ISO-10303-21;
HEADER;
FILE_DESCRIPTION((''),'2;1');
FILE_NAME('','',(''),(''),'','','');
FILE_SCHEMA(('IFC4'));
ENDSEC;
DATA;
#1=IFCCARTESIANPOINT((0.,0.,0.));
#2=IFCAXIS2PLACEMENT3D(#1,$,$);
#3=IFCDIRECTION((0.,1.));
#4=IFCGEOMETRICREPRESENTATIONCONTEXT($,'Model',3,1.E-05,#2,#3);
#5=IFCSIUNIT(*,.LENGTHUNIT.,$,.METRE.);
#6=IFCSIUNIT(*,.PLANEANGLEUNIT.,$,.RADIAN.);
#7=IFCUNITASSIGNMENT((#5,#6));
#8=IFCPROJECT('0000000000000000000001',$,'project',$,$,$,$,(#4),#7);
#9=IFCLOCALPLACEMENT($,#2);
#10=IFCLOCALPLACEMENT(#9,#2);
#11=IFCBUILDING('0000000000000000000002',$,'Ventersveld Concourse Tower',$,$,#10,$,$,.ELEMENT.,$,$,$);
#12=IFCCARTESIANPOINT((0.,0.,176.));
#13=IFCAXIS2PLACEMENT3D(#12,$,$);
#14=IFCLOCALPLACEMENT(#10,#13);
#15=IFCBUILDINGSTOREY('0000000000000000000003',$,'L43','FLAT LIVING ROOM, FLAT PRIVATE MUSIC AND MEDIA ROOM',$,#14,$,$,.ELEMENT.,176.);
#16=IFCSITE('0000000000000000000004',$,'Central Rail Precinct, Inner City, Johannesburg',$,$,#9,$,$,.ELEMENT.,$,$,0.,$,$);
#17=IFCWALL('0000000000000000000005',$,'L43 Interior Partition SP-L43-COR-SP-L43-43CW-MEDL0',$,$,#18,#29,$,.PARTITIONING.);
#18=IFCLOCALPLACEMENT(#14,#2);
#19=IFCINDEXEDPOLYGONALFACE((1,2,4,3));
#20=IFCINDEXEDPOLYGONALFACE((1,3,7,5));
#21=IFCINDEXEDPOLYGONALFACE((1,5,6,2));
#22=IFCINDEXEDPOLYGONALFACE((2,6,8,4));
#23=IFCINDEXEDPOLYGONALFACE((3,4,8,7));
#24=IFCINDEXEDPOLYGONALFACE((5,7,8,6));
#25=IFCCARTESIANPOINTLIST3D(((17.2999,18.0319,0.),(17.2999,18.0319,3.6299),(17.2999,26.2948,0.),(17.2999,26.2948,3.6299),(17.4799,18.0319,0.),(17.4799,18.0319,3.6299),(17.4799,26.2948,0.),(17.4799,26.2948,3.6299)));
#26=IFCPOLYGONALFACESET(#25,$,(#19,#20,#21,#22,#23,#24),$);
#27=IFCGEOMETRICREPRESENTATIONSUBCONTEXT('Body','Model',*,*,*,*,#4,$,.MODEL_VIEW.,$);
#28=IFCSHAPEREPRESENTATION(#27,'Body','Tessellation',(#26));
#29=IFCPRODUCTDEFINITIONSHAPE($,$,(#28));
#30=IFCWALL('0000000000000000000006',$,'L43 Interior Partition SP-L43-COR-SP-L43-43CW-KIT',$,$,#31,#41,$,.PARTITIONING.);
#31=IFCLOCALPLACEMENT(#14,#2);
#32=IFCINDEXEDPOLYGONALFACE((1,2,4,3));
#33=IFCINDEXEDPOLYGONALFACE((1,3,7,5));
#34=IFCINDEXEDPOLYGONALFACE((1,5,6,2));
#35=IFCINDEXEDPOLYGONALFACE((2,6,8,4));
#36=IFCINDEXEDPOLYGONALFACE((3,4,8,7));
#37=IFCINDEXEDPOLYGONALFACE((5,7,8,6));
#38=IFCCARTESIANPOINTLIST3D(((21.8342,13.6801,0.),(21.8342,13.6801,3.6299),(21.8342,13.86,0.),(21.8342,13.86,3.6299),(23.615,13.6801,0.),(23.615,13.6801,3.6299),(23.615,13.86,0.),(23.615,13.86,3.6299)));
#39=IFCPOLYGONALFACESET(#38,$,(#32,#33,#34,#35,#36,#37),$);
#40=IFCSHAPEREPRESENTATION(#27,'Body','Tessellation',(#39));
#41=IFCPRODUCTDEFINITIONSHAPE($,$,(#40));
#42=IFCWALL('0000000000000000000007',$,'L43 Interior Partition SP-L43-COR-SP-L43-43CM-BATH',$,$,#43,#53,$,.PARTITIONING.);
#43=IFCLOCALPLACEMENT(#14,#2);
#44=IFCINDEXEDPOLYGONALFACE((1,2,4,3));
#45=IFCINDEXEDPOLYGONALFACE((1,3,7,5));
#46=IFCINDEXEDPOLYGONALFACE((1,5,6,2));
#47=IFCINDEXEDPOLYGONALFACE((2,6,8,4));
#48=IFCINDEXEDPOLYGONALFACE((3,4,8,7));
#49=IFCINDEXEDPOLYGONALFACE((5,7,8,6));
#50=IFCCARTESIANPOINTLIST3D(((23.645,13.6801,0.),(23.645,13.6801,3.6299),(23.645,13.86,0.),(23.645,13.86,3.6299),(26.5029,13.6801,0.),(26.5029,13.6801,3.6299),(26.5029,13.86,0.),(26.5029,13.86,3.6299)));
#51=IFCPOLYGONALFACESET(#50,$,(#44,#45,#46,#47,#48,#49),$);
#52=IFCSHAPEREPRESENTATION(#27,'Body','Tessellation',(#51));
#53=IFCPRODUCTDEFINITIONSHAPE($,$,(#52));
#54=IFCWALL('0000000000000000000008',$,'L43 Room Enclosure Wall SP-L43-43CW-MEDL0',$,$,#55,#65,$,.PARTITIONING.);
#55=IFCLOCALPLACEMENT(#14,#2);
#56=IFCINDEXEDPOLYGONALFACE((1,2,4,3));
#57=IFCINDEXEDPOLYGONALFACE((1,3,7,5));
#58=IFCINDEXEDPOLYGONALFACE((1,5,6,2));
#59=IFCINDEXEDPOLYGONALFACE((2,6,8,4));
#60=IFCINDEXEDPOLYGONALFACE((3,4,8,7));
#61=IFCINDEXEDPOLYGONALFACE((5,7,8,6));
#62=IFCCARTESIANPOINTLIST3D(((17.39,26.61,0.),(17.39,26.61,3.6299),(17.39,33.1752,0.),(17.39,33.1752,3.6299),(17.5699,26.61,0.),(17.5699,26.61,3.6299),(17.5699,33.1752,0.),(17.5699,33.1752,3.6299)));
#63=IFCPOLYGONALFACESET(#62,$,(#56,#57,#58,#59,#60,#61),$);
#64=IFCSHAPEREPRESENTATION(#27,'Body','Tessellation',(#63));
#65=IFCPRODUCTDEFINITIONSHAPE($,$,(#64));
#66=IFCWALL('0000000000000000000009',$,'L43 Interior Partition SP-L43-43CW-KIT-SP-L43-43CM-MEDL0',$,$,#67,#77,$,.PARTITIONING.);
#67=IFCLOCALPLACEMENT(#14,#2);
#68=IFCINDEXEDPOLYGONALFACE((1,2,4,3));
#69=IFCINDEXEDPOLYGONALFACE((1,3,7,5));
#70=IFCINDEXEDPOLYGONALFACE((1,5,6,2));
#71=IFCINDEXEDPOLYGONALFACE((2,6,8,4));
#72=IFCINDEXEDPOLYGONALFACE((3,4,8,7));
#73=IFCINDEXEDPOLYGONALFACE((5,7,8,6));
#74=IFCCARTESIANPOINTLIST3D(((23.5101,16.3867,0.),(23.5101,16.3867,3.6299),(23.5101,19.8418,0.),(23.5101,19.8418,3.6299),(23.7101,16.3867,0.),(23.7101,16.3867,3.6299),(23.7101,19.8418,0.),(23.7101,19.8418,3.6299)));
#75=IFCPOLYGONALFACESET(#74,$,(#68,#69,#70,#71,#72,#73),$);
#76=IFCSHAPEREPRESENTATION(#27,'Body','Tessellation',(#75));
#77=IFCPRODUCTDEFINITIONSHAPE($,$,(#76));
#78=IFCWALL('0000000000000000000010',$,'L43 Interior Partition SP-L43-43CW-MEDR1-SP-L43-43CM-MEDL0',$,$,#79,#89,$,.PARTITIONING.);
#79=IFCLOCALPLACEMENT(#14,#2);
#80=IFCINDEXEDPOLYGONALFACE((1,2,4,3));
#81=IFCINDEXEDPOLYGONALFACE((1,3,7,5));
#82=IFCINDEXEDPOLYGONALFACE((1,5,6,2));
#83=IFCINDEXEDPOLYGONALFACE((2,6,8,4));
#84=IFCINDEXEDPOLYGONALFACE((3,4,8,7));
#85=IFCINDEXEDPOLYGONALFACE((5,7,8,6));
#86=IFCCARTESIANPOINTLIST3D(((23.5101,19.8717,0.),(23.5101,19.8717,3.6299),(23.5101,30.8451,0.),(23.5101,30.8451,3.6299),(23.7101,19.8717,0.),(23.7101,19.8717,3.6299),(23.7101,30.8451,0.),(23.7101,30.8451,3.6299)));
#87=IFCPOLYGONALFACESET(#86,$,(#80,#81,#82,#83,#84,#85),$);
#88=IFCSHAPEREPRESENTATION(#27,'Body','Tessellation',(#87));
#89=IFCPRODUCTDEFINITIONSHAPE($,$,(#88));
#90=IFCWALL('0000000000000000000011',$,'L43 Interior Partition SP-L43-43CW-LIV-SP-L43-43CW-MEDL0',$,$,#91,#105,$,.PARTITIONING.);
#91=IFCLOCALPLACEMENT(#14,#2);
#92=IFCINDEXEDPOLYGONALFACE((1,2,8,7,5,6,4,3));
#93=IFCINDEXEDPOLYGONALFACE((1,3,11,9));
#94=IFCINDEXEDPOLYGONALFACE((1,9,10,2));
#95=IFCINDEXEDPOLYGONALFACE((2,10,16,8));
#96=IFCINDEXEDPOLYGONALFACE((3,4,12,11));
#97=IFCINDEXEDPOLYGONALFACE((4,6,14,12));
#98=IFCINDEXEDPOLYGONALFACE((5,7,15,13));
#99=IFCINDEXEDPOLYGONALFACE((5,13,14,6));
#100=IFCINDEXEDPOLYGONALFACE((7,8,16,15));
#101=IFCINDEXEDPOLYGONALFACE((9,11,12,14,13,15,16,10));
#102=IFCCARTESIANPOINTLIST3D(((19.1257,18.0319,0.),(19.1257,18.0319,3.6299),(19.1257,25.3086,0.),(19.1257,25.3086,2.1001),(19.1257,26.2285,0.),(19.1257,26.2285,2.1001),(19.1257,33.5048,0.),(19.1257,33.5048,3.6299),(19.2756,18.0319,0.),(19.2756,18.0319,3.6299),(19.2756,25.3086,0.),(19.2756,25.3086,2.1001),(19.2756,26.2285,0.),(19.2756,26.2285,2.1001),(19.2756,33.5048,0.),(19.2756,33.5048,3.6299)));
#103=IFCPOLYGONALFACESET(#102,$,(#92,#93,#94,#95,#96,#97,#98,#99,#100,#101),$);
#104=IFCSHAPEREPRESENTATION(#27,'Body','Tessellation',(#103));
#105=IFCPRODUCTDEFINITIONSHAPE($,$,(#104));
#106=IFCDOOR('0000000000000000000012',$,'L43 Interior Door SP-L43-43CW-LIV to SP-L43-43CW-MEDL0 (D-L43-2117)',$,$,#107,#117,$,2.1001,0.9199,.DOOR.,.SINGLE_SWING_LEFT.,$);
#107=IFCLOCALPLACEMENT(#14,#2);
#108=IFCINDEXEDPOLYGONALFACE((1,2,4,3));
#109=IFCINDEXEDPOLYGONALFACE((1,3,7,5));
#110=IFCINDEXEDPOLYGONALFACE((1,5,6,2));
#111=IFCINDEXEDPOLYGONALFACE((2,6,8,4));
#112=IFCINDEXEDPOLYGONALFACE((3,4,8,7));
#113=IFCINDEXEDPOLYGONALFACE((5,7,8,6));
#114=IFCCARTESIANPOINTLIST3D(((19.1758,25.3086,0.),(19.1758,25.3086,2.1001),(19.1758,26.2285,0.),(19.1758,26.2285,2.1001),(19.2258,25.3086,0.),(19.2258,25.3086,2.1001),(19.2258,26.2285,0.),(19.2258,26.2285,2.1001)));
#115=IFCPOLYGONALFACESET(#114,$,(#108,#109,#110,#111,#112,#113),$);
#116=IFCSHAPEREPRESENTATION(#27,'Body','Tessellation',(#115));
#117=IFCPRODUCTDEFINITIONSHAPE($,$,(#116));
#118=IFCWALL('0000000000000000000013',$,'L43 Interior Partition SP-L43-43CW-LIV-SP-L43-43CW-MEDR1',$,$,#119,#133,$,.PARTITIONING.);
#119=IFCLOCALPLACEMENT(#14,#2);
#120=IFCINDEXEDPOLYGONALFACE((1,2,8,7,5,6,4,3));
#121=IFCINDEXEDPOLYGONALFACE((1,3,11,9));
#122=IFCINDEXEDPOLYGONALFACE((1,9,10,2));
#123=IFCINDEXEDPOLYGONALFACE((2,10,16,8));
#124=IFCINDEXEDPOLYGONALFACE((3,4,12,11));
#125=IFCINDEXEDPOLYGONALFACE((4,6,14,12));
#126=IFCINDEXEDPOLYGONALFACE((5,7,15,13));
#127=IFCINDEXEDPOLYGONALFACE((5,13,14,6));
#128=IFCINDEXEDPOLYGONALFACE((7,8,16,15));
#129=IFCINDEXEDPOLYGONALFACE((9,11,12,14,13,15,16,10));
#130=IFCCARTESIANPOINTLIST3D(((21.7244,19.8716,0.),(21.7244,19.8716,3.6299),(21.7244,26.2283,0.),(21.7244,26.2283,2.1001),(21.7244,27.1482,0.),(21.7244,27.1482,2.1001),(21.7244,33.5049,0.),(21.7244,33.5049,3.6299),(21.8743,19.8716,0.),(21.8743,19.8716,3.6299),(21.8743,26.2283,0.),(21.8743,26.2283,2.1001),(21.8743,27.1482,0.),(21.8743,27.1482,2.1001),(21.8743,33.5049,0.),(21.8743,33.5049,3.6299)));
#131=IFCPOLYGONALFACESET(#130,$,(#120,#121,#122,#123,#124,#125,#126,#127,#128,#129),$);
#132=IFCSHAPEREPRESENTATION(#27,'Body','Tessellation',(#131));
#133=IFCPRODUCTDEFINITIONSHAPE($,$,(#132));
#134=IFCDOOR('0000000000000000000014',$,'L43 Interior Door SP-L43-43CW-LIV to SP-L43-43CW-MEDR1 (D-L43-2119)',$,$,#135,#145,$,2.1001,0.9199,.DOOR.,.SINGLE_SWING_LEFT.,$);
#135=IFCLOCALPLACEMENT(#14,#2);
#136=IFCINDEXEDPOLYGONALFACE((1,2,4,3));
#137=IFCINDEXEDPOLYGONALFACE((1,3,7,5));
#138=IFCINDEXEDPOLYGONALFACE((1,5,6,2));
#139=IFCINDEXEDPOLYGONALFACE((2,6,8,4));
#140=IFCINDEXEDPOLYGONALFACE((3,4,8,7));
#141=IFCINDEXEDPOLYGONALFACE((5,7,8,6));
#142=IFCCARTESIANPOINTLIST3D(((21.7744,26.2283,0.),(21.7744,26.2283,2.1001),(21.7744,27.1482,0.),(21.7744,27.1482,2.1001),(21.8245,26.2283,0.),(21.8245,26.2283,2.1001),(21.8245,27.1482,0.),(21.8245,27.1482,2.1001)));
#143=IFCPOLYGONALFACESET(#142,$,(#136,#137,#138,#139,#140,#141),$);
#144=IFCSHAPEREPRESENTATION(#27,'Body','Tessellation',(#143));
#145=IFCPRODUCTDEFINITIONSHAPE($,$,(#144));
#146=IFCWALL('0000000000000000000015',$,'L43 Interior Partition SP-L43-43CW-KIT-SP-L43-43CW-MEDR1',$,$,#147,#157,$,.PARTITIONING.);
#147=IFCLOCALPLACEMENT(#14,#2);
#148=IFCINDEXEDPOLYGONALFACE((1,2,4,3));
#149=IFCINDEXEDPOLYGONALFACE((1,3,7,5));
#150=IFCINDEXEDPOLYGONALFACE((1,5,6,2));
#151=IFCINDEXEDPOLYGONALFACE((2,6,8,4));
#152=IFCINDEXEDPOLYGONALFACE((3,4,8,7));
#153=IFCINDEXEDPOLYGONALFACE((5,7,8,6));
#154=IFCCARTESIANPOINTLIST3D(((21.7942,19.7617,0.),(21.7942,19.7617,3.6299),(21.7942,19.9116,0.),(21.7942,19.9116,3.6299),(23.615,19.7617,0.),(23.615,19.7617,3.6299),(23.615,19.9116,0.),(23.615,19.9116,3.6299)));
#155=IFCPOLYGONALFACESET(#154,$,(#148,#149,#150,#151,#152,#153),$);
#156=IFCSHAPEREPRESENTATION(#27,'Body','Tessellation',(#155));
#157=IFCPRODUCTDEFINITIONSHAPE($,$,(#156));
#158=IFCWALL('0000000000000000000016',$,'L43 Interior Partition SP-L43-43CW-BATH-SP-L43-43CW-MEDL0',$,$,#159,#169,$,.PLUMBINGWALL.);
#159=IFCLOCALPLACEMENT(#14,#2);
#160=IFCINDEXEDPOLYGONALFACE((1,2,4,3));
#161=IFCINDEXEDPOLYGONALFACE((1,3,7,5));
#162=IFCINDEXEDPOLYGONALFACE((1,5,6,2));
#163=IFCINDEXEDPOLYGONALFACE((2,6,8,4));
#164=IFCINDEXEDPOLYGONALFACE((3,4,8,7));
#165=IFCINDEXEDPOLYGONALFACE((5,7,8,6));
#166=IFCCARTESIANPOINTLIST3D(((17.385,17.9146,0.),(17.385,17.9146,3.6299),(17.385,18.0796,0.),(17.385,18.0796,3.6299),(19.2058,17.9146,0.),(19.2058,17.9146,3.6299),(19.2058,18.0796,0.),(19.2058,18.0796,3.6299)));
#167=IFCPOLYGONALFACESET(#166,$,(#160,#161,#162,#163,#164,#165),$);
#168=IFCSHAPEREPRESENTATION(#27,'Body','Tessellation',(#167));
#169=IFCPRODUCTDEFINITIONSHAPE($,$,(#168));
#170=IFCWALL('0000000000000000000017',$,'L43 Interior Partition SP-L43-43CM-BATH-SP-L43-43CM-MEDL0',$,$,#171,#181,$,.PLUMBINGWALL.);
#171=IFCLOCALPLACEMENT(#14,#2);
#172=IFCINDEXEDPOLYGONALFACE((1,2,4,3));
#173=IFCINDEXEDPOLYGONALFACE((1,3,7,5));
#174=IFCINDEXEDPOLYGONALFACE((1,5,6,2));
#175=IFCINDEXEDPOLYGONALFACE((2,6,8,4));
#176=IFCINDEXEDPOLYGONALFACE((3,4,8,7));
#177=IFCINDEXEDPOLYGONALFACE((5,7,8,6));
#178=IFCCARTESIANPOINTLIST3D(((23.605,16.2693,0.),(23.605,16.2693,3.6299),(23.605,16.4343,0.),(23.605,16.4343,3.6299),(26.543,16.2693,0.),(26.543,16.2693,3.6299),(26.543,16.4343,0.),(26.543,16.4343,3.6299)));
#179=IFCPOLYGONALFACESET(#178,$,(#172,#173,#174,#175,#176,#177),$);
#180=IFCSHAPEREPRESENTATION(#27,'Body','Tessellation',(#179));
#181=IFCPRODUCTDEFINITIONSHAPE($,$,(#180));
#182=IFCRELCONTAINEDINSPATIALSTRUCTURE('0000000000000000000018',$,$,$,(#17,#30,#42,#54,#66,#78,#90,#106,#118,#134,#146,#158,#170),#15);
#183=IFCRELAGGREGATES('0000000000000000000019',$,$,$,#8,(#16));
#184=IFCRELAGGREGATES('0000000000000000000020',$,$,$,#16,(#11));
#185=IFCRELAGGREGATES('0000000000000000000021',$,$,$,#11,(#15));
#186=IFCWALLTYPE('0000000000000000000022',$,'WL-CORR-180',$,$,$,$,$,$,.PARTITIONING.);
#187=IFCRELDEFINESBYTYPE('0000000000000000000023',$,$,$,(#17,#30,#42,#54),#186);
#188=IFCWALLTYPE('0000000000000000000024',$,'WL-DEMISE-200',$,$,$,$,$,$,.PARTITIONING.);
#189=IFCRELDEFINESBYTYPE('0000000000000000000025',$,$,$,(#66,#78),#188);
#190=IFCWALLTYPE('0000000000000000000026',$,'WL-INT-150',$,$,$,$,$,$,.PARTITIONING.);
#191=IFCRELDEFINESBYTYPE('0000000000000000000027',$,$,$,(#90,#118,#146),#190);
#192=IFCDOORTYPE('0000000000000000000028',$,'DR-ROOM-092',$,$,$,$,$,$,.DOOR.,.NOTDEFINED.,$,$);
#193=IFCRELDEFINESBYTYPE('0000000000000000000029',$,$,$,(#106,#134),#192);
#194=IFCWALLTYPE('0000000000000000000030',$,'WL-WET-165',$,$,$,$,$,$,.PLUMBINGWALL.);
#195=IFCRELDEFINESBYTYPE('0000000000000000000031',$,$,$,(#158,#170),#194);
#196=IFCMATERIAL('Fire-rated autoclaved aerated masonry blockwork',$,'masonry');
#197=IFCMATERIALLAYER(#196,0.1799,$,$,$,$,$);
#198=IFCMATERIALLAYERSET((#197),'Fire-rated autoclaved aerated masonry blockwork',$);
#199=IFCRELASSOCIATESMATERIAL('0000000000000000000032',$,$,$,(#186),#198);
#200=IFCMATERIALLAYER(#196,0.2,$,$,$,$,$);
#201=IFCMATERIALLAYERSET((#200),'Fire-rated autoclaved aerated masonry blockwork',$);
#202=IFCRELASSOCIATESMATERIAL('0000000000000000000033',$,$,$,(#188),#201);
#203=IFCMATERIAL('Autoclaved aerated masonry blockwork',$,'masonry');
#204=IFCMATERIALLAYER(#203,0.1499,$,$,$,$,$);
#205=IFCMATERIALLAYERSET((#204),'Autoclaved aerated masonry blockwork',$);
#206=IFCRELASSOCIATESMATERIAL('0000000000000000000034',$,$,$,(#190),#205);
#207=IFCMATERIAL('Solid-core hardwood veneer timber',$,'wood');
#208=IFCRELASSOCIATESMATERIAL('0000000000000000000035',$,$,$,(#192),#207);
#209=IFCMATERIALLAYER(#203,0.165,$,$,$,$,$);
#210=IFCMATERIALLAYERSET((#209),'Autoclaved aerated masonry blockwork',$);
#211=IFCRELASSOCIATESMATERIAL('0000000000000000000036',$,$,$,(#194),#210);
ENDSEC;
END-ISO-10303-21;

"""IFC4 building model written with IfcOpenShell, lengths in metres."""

from ifc_helpers import new_model, si_unit, direction, frame, frame_2d, origin, place, context, subcontext, project, spatial, rectangle, extrude, material, layer, layer_set, type_object, element, fill, save


model = new_model("IFC4")

# Units and contexts
model_context = context("Model", 3, precision=1e-05, world=origin(), true_north=direction((0.0, 1.0)))
body_context = subcontext(model_context, "Body", "Model", "MODEL_VIEW")
ifc_project = project(units=[si_unit("LENGTHUNIT", "METRE"), si_unit("PLANEANGLEUNIT", "RADIAN")], contexts=[model_context])

# Site, building, storey
site_placement = place(None, origin())
site = spatial("IfcSite", under=ifc_project, at=site_placement, Name="Central Rail Precinct, Inner City, Johannesburg", CompositionType="ELEMENT", RefElevation=0.0)
building_placement = place(site_placement, origin())
building = spatial("IfcBuilding", under=site, at=building_placement, Name="Ventersveld Concourse Tower", CompositionType="ELEMENT")
storey_placement = place(building_placement, frame((0.0, 0.0, 176.0)))
storey = spatial("IfcBuildingStorey", under=building, at=storey_placement, Name="L43", Description="FLAT LIVING ROOM, FLAT PRIVATE MUSIC AND MEDIA ROOM", CompositionType="ELEMENT", Elevation=176.0)

# Shared definitions
ifc_material_1 = material(Name="Fire-rated autoclaved aerated masonry blockwork", Category="masonry")
ifc_layer_1 = layer(ifc_material_1, 0.1799)
ifc_layer_set_1 = layer_set([ifc_layer_1], Name="Fire-rated autoclaved aerated masonry blockwork")
wall_type_1 = type_object("IfcWallType", Name="WL-CORR-180", PredefinedType="PARTITIONING", material=ifc_layer_set_1)

# Shared definitions
ifc_material_2 = material(Name="Solid-core hardwood veneer timber", Category="wood")

# Walls
wall_1_placement = place(storey_placement, frame((17.3899, 18.032, 0.0), z_axis=(0.0, 0.0, 1.0), x_axis=(0.0, 1.0, 0.0)))
element("IfcWall", 1, at=wall_1_placement, inside=storey, type_object=wall_type_1, Name="L43 Interior Partition SP-L43-COR-SP-L43-43CW-MEDL0", PredefinedType="PARTITIONING", context=body_context, shape_type="SweptSolid", body=[
    extrude(rectangle(XDim=8.2629, YDim=0.1799, at=frame_2d((4.1313, 0.0))), origin(), (0.0, 0.0, 1.0), 3.6299),
])
wall_2_placement = place(storey_placement, frame((21.8342, 13.77, 0.0), z_axis=(0.0, 0.0, 1.0), x_axis=(1.0, 0.0, 0.0)))
element("IfcWall", 2, at=wall_2_placement, inside=storey, type_object=wall_type_1, Name="L43 Interior Partition SP-L43-COR-SP-L43-43CW-KIT", PredefinedType="PARTITIONING", context=body_context, shape_type="SweptSolid", body=[
    extrude(rectangle(XDim=1.7808, YDim=0.1799, at=frame_2d((0.8904, 0.0))), origin(), (0.0, 0.0, 1.0), 3.6299),
])
wall_3_placement = place(storey_placement, frame((23.645, 13.77, 0.0), z_axis=(0.0, 0.0, 1.0), x_axis=(1.0, 0.0, 0.0)))
element("IfcWall", 3, at=wall_3_placement, inside=storey, type_object=wall_type_1, Name="L43 Interior Partition SP-L43-COR-SP-L43-43CM-BATH", PredefinedType="PARTITIONING", context=body_context, shape_type="SweptSolid", body=[
    extrude(rectangle(XDim=2.8579, YDim=0.1799, at=frame_2d((1.429, 0.0))), origin(), (0.0, 0.0, 1.0), 3.6299),
])
wall_4_placement = place(storey_placement, frame((17.48, 26.6099, 0.0), z_axis=(0.0, 0.0, 1.0), x_axis=(0.0, 1.0, 0.0)))
element("IfcWall", 4, at=wall_4_placement, inside=storey, type_object=wall_type_1, Name="L43 Room Enclosure Wall SP-L43-43CW-MEDL0", PredefinedType="PARTITIONING", context=body_context, shape_type="SweptSolid", body=[
    extrude(rectangle(XDim=6.5652, YDim=0.1799, at=frame_2d((3.2827, 0.0))), origin(), (0.0, 0.0, 1.0), 3.6299),
])
ifc_layer_2 = layer(ifc_material_1, 0.2)
ifc_layer_set_2 = layer_set([ifc_layer_2], Name="Fire-rated autoclaved aerated masonry blockwork")
wall_type_2 = type_object("IfcWallType", Name="WL-DEMISE-200", PredefinedType="PARTITIONING", material=ifc_layer_set_2)
wall_5_placement = place(storey_placement, frame((23.6101, 16.3867, 0.0), z_axis=(0.0, 0.0, 1.0), x_axis=(0.0, 1.0, 0.0)))
element("IfcWall", 5, at=wall_5_placement, inside=storey, type_object=wall_type_2, Name="L43 Interior Partition SP-L43-43CW-KIT-SP-L43-43CM-MEDL0", PredefinedType="PARTITIONING", context=body_context, shape_type="SweptSolid", body=[
    extrude(rectangle(XDim=3.4551, YDim=0.2, at=frame_2d((1.7275, 0.0))), origin(), (0.0, 0.0, 1.0), 3.6299),
])
wall_6_placement = place(storey_placement, frame((23.6101, 19.8716, 0.0), z_axis=(0.0, 0.0, 1.0), x_axis=(0.0, 1.0, 0.0)))
element("IfcWall", 6, at=wall_6_placement, inside=storey, type_object=wall_type_2, Name="L43 Interior Partition SP-L43-43CW-MEDR1-SP-L43-43CM-MEDL0", PredefinedType="PARTITIONING", context=body_context, shape_type="SweptSolid", body=[
    extrude(rectangle(XDim=10.9734, YDim=0.2, at=frame_2d((5.4868, 0.0))), origin(), (0.0, 0.0, 1.0), 3.6299),
])

# Walls, openings, doors
ifc_material_3 = material(Name="Autoclaved aerated masonry blockwork", Category="masonry")
ifc_layer_3 = layer(ifc_material_3, 0.1499)
ifc_layer_set_3 = layer_set([ifc_layer_3], Name="Autoclaved aerated masonry blockwork")
wall_type_3 = type_object("IfcWallType", Name="WL-INT-150", PredefinedType="PARTITIONING", material=ifc_layer_set_3)
wall_7_placement = place(storey_placement, frame((19.2007, 18.032, 0.0), z_axis=(0.0, 0.0, 1.0), x_axis=(0.0, 1.0, 0.0)))
wall_7 = element("IfcWall", 7, at=wall_7_placement, inside=storey, type_object=wall_type_3, Name="L43 Interior Partition SP-L43-43CW-LIV-SP-L43-43CW-MEDL0", PredefinedType="PARTITIONING", context=body_context, shape_type="SweptSolid", body=[
    extrude(rectangle(XDim=15.4729, YDim=0.1499, at=frame_2d((7.7363, 0.0))), origin(), (0.0, 0.0, 1.0), 3.6299),
])
opening_1_placement = place(wall_7_placement, frame((7.2766, 0.0, 0.0)))
opening_1 = element("IfcOpeningElement", 8, at=opening_1_placement, cuts=wall_7, PredefinedType="OPENING", context=body_context, shape_type="SweptSolid", body=[
    extrude(rectangle(XDim=0.9199, YDim=2.1001, at=frame_2d((0.46, 1.05))), frame((0.0, 0.085, 0.0), z_axis=(0.0, -1.0, 0.0), x_axis=(1.0, 0.0, 0.0)), (0.0, 0.0, 1.0), 0.1699),
])
door_type_1 = type_object("IfcDoorType", Name="DR-ROOM-092", OperationType="NOTDEFINED", PredefinedType="DOOR", material=ifc_material_2)
door_1_placement = place(opening_1_placement, origin())
door_1 = element("IfcDoor", 9, at=door_1_placement, inside=storey, type_object=door_type_1, Name="L43 Interior Door SP-L43-43CW-LIV to SP-L43-43CW-MEDL0 (D-L43-2117)", OperationType="SINGLE_SWING_LEFT", OverallHeight=2.1001, OverallWidth=0.9199, PredefinedType="DOOR", context=body_context, shape_type="SweptSolid", body=[
    extrude(rectangle(XDim=0.9199, YDim=2.1001, at=frame_2d((0.46, 1.05))), frame((0.0, 0.0249, 0.0), z_axis=(0.0, -1.0, 0.0), x_axis=(1.0, 0.0, 0.0)), (0.0, 0.0, 1.0), 0.05),
])
fill(opening_1, door_1)
wall_8_placement = place(storey_placement, frame((21.7993, 19.8716, 0.0), z_axis=(0.0, 0.0, 1.0), x_axis=(0.0, 1.0, 0.0)))
wall_8 = element("IfcWall", 10, at=wall_8_placement, inside=storey, type_object=wall_type_3, Name="L43 Interior Partition SP-L43-43CW-LIV-SP-L43-43CW-MEDR1", PredefinedType="PARTITIONING", context=body_context, shape_type="SweptSolid", body=[
    extrude(rectangle(XDim=13.6333, YDim=0.1499, at=frame_2d((6.8167, 0.0))), origin(), (0.0, 0.0, 1.0), 3.6299),
])
opening_2_placement = place(wall_8_placement, frame((6.3567, 0.0, 0.0)))
opening_2 = element("IfcOpeningElement", 11, at=opening_2_placement, cuts=wall_8, PredefinedType="OPENING", context=body_context, shape_type="SweptSolid", body=[
    extrude(rectangle(XDim=0.9199, YDim=2.1001, at=frame_2d((0.46, 1.05))), frame((0.0, 0.085, 0.0), z_axis=(0.0, -1.0, 0.0), x_axis=(1.0, 0.0, 0.0)), (0.0, 0.0, 1.0), 0.1699),
])
door_2_placement = place(opening_2_placement, origin())
door_2 = element("IfcDoor", 12, at=door_2_placement, inside=storey, type_object=door_type_1, Name="L43 Interior Door SP-L43-43CW-LIV to SP-L43-43CW-MEDR1 (D-L43-2119)", OperationType="SINGLE_SWING_LEFT", OverallHeight=2.1001, OverallWidth=0.9199, PredefinedType="DOOR", context=body_context, shape_type="SweptSolid", body=[
    extrude(rectangle(XDim=0.9199, YDim=2.1001, at=frame_2d((0.46, 1.05))), frame((0.0, 0.0249, 0.0), z_axis=(0.0, -1.0, 0.0), x_axis=(1.0, 0.0, 0.0)), (0.0, 0.0, 1.0), 0.05),
])
fill(opening_2, door_2)

# Walls
wall_9_placement = place(storey_placement, frame((21.7942, 19.8367, 0.0), z_axis=(0.0, 0.0, 1.0), x_axis=(1.0, 0.0, 0.0)))
element("IfcWall", 13, at=wall_9_placement, inside=storey, type_object=wall_type_3, Name="L43 Interior Partition SP-L43-43CW-KIT-SP-L43-43CW-MEDR1", PredefinedType="PARTITIONING", context=body_context, shape_type="SweptSolid", body=[
    extrude(rectangle(XDim=1.8208, YDim=0.1499, at=frame_2d((0.9104, 0.0))), origin(), (0.0, 0.0, 1.0), 3.6299),
])
ifc_layer_4 = layer(ifc_material_3, 0.165)
ifc_layer_set_4 = layer_set([ifc_layer_4], Name="Autoclaved aerated masonry blockwork")
wall_type_4 = type_object("IfcWallType", Name="WL-WET-165", PredefinedType="PLUMBINGWALL", material=ifc_layer_set_4)
wall_10_placement = place(storey_placement, frame((17.385, 17.9971, 0.0), z_axis=(0.0, 0.0, 1.0), x_axis=(1.0, 0.0, 0.0)))
element("IfcWall", 14, at=wall_10_placement, inside=storey, type_object=wall_type_4, Name="L43 Interior Partition SP-L43-43CW-BATH-SP-L43-43CW-MEDL0", PredefinedType="PLUMBINGWALL", context=body_context, shape_type="SweptSolid", body=[
    extrude(rectangle(XDim=1.8208, YDim=0.165, at=frame_2d((0.9104, 0.0))), origin(), (0.0, 0.0, 1.0), 3.6299),
])
wall_11_placement = place(storey_placement, frame((23.605, 16.3518, 0.0), z_axis=(0.0, 0.0, 1.0), x_axis=(1.0, 0.0, 0.0)))
element("IfcWall", 15, at=wall_11_placement, inside=storey, type_object=wall_type_4, Name="L43 Interior Partition SP-L43-43CM-BATH-SP-L43-43CM-MEDL0", PredefinedType="PLUMBINGWALL", context=body_context, shape_type="SweptSolid", body=[
    extrude(rectangle(XDim=2.938, YDim=0.165, at=frame_2d((1.469, 0.0))), origin(), (0.0, 0.0, 1.0), 3.6299),
])

save(model, "model.ifc")
